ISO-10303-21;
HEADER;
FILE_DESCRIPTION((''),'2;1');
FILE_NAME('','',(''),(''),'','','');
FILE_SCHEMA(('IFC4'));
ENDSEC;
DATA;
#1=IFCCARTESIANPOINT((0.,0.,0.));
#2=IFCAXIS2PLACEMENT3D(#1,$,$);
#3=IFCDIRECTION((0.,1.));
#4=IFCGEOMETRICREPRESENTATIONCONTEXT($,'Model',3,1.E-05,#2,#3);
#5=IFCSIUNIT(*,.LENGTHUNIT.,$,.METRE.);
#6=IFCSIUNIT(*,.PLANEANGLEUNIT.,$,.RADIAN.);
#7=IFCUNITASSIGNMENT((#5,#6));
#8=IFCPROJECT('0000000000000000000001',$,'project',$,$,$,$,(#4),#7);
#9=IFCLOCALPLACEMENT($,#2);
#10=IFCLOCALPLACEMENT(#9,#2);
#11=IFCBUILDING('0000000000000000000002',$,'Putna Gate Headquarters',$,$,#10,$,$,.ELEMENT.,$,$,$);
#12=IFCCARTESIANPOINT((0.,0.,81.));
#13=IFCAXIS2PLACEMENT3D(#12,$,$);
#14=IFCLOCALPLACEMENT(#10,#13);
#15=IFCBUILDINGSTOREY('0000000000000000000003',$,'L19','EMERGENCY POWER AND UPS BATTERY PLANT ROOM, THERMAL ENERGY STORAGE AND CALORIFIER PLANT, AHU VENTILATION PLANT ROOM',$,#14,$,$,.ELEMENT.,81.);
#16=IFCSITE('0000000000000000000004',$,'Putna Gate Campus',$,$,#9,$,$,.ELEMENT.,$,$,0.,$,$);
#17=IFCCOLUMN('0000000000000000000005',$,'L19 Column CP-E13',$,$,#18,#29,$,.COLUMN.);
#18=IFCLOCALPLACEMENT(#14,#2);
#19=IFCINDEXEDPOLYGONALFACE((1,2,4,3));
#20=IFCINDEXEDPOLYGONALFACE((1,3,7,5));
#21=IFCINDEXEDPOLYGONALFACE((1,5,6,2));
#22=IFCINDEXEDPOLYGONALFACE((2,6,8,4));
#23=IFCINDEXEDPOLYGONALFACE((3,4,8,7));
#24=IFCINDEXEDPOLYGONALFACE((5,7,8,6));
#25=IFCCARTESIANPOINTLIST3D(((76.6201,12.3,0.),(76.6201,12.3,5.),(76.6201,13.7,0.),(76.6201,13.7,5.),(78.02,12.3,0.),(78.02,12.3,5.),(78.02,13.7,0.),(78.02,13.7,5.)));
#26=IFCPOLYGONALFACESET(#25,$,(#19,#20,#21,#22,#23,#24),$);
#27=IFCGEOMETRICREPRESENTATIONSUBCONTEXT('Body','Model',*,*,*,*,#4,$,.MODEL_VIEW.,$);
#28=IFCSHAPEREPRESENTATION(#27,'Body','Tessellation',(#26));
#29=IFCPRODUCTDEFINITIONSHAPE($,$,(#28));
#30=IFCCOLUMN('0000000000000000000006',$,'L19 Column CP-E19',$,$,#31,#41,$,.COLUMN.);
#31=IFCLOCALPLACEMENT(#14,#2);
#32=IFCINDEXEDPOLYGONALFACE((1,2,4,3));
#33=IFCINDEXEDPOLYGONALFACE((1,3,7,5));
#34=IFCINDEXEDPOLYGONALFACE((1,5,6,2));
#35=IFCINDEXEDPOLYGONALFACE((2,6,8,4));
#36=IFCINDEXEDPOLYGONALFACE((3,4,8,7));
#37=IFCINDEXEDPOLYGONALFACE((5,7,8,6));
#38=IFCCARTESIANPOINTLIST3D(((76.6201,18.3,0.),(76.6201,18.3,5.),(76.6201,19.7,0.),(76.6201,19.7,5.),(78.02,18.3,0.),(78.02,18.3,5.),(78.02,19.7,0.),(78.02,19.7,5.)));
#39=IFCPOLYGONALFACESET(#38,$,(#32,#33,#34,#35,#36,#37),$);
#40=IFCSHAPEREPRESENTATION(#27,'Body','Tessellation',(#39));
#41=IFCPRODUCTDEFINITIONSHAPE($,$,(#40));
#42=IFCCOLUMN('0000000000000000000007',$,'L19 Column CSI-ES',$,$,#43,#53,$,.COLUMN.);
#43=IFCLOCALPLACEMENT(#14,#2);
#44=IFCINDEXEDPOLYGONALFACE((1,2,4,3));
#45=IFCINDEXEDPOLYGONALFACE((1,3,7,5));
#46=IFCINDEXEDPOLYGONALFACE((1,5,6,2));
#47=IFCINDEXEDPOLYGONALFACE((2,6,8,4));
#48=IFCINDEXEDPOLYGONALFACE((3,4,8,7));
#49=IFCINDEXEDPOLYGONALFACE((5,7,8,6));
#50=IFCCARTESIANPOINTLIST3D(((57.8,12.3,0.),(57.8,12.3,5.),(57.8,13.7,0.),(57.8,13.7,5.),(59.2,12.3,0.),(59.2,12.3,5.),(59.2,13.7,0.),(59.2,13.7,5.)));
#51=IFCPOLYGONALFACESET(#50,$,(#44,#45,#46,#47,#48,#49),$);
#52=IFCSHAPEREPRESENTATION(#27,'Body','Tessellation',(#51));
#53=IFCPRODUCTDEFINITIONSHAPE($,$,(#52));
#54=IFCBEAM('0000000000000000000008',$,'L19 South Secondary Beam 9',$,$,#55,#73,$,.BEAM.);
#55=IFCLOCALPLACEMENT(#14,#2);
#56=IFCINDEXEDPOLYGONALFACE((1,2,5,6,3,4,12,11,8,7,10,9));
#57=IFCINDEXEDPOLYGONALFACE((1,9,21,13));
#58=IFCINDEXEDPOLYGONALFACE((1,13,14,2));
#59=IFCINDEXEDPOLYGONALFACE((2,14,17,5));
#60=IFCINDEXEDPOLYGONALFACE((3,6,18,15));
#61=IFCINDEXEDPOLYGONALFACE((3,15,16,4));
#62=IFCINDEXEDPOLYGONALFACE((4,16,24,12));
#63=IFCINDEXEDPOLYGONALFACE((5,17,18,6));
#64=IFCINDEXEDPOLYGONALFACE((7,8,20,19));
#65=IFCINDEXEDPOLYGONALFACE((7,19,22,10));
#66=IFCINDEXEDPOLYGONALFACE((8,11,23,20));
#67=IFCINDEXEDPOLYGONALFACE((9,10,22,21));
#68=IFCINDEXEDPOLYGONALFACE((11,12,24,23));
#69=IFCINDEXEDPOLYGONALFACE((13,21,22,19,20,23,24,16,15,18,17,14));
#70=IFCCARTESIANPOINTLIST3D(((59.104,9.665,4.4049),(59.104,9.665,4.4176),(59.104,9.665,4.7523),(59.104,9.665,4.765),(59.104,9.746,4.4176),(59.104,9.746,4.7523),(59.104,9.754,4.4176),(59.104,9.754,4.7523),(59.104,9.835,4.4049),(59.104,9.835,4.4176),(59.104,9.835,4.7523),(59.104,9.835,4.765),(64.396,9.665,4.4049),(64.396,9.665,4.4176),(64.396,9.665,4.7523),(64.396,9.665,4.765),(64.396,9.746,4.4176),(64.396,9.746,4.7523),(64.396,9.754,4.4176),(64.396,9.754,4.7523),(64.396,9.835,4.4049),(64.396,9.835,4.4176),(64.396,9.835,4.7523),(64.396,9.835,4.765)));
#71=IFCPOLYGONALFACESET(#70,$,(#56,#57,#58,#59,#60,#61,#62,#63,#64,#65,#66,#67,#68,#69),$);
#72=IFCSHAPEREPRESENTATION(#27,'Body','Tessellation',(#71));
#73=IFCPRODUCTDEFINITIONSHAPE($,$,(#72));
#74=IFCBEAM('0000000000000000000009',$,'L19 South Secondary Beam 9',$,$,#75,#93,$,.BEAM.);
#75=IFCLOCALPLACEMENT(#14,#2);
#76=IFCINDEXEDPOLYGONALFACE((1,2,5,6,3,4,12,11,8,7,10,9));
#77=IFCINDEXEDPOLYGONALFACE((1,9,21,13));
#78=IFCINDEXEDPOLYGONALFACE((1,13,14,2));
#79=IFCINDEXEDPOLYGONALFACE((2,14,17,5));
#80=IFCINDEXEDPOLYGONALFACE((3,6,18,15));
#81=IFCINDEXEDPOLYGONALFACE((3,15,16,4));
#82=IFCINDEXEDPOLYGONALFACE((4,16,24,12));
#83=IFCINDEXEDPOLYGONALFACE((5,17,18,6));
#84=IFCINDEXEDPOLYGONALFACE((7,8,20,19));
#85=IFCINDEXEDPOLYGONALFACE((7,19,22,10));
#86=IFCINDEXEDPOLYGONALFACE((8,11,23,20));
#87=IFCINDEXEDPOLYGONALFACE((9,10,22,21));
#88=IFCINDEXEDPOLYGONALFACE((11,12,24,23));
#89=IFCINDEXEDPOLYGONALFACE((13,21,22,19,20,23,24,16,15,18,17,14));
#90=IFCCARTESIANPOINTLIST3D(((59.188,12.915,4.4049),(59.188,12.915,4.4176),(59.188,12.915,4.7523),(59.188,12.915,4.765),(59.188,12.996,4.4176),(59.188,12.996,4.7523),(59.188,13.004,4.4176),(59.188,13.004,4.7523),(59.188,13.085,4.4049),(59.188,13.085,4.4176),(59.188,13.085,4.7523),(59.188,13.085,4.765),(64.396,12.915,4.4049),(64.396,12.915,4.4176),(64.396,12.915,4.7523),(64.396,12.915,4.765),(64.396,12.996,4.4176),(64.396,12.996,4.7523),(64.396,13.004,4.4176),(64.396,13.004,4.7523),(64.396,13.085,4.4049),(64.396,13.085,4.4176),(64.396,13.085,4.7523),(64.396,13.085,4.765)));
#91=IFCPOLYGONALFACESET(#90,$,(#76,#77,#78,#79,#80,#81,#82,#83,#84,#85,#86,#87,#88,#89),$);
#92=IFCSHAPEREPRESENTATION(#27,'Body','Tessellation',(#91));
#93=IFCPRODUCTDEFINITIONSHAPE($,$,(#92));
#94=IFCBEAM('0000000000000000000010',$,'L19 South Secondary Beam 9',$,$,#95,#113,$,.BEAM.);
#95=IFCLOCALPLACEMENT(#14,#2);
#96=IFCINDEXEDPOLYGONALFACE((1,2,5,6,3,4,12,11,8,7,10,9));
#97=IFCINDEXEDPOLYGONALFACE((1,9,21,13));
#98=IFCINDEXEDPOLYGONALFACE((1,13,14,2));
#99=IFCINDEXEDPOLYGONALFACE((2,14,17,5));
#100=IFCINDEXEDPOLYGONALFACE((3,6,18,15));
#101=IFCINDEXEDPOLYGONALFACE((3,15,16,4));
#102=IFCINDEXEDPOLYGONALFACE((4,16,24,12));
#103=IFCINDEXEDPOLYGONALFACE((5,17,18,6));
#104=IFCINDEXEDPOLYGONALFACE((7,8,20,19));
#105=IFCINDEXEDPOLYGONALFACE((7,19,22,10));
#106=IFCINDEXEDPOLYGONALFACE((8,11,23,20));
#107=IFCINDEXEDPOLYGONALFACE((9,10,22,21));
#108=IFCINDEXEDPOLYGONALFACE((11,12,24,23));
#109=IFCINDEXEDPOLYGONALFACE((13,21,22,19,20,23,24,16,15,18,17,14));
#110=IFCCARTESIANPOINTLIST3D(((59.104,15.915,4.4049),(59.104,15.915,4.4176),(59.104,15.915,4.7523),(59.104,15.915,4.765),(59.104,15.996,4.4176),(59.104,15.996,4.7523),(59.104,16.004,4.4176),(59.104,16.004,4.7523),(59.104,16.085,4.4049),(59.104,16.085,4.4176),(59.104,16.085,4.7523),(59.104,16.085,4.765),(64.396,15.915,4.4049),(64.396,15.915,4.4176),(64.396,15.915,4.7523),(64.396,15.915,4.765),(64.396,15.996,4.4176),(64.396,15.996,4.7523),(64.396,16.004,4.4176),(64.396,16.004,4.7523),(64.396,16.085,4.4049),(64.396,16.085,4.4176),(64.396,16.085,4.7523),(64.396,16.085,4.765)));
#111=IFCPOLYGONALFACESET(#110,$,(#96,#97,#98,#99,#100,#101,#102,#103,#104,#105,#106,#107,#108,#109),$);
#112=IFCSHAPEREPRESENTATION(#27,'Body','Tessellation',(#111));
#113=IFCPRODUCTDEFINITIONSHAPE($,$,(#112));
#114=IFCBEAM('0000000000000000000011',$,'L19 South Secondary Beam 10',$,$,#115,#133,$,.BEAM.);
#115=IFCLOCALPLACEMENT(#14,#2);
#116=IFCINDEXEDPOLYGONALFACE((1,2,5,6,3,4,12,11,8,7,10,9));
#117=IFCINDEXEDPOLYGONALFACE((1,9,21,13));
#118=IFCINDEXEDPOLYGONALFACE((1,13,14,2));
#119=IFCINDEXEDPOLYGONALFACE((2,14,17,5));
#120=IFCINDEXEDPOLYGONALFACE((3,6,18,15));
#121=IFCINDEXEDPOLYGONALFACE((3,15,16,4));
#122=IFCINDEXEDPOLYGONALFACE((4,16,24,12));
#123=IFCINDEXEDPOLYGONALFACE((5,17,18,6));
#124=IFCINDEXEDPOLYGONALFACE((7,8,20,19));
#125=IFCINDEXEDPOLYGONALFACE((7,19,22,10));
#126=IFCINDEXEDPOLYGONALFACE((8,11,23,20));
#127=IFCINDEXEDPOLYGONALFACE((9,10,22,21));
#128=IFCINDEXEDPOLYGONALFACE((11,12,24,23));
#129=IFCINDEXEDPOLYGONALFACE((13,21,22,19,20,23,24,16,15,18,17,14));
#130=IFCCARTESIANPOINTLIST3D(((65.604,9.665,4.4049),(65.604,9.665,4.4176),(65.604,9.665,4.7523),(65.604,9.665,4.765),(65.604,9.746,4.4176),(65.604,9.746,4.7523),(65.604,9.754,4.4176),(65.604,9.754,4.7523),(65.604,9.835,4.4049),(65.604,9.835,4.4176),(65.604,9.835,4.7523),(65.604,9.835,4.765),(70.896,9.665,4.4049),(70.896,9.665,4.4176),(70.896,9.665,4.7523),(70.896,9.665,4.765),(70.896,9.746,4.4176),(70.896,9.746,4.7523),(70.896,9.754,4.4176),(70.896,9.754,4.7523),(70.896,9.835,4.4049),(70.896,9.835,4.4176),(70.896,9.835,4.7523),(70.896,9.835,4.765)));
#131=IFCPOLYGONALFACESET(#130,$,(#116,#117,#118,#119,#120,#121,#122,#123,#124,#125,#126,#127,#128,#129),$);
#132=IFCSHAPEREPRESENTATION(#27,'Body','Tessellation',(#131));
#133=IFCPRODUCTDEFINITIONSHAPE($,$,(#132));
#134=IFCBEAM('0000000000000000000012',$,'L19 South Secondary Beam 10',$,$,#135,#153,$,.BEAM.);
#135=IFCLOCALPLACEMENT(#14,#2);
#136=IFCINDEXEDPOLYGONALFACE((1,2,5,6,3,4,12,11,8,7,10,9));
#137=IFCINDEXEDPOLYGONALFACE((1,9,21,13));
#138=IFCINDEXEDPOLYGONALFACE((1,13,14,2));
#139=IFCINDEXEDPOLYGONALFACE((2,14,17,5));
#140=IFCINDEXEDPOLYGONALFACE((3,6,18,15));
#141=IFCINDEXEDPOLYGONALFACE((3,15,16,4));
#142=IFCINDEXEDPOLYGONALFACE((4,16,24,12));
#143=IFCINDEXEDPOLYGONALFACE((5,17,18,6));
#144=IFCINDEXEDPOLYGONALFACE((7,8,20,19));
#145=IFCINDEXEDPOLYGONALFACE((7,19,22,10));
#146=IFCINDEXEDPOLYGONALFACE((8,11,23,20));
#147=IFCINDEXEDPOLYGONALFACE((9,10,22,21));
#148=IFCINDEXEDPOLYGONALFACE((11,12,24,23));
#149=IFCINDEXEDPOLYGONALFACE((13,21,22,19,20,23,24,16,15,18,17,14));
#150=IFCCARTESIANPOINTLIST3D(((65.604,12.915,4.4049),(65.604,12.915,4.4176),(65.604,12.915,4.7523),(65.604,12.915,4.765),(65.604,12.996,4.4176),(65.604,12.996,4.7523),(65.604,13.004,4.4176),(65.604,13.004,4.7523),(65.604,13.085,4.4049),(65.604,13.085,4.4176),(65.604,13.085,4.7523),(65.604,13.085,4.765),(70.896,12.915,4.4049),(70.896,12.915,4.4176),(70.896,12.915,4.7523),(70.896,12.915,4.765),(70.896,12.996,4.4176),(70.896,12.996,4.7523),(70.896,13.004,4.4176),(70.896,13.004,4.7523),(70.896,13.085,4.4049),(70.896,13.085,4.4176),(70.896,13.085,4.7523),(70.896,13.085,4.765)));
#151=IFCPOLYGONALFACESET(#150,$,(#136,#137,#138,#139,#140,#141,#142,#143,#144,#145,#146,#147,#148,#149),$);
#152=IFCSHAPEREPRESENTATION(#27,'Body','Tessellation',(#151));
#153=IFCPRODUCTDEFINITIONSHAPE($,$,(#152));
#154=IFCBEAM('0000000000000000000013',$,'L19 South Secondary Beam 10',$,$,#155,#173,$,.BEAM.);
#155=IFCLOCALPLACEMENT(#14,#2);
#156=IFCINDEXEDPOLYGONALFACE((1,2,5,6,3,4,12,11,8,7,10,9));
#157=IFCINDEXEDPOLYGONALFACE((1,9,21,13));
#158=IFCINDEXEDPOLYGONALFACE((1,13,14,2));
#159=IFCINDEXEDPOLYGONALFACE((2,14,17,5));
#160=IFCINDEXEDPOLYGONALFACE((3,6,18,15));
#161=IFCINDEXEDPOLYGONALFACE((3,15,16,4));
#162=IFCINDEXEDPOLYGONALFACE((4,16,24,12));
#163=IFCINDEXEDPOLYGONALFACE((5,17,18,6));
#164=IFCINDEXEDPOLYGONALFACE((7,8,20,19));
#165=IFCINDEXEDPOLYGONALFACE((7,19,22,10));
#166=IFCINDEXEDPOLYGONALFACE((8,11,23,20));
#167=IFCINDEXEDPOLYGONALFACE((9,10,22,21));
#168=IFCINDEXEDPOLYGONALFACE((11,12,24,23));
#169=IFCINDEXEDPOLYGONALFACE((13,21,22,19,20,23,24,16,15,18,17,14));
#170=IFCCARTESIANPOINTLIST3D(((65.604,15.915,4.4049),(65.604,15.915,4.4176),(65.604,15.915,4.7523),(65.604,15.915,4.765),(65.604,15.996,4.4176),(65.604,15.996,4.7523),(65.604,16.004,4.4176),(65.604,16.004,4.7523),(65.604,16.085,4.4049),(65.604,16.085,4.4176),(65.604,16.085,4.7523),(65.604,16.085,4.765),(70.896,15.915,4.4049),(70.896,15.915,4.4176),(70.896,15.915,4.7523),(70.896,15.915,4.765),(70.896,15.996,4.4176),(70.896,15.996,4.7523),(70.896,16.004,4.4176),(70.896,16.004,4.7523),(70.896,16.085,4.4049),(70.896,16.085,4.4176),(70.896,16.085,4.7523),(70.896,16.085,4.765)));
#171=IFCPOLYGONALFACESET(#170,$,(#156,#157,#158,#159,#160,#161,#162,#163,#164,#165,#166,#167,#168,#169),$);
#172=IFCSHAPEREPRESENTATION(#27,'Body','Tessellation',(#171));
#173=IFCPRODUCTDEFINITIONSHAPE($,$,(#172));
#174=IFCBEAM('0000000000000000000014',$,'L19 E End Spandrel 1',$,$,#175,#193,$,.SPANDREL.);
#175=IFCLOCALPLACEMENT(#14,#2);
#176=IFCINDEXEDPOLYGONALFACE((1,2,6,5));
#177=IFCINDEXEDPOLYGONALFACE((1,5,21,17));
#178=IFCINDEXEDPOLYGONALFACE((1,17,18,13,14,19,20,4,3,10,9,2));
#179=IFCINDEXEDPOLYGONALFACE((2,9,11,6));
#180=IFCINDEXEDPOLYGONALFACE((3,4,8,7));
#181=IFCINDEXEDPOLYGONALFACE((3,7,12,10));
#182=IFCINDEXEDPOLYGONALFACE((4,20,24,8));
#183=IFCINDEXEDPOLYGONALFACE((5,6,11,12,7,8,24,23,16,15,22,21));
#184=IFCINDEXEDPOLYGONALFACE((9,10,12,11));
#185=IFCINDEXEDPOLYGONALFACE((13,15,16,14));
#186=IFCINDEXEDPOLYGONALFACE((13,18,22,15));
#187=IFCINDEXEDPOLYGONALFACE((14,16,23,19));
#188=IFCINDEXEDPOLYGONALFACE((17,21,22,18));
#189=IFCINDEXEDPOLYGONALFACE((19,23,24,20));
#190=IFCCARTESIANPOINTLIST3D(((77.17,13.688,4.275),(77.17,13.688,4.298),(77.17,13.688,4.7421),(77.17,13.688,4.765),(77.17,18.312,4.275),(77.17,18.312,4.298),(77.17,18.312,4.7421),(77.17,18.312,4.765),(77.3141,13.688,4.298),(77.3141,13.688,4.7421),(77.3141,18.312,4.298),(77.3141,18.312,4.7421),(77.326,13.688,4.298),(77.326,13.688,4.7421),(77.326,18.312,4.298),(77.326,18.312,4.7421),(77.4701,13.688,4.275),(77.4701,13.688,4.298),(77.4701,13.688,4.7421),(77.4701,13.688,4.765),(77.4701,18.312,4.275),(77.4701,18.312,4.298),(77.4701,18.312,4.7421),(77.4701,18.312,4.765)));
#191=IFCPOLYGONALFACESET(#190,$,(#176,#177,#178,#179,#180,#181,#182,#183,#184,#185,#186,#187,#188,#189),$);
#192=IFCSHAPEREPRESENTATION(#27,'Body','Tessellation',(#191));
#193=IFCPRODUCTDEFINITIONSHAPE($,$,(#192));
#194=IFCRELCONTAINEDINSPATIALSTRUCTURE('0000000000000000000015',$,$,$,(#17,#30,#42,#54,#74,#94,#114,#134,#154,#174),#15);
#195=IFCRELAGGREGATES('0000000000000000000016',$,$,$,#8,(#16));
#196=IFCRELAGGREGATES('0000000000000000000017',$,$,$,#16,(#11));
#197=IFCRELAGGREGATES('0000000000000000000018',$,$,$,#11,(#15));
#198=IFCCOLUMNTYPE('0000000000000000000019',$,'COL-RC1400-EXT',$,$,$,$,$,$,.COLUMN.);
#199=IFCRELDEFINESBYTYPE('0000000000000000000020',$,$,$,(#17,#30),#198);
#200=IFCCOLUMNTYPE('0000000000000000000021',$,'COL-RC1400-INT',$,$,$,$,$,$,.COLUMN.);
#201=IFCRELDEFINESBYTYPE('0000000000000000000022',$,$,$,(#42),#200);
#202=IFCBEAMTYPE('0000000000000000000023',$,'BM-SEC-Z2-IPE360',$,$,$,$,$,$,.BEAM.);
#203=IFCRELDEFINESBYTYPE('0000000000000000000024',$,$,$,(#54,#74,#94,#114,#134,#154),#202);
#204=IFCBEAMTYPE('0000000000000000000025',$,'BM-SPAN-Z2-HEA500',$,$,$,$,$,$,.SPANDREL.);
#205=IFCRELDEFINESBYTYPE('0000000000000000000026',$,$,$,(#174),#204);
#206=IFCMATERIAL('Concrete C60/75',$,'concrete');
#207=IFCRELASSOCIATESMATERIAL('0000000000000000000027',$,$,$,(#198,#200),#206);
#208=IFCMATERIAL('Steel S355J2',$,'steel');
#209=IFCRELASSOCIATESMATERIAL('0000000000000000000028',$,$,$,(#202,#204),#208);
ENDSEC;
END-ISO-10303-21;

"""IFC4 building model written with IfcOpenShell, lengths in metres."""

from ifc_helpers import new_model, si_unit, direction, frame, origin, origin_2d, place, context, subcontext, project, spatial, rectangle, i_section, extrude, material, material_profile, profile_set, type_object, element, save


model = new_model("IFC4")

# Units and contexts
model_context = context("Model", 3, precision=1e-05, world=origin(), true_north=direction((0.0, 1.0)))
body_context = subcontext(model_context, "Body", "Model", "MODEL_VIEW")
ifc_project = project(units=[si_unit("LENGTHUNIT", "METRE"), si_unit("PLANEANGLEUNIT", "RADIAN")], contexts=[model_context])

# Site, building, storey
site_placement = place(None, origin())
site = spatial("IfcSite", under=ifc_project, at=site_placement, Name="Putna Gate Campus", CompositionType="ELEMENT", RefElevation=0.0)
building_placement = place(site_placement, origin())
building = spatial("IfcBuilding", under=site, at=building_placement, Name="Putna Gate Headquarters", CompositionType="ELEMENT")
storey_placement = place(building_placement, frame((0.0, 0.0, 81.0)))
storey = spatial("IfcBuildingStorey", under=building, at=storey_placement, Name="L19", Description="EMERGENCY POWER AND UPS BATTERY PLANT ROOM, THERMAL ENERGY STORAGE AND CALORIFIER PLANT, AHU VENTILATION PLANT ROOM", CompositionType="ELEMENT", Elevation=81.0)

# Columns
ifc_material_1 = material(Name="Concrete C60/75", Category="concrete")
ifc_material_profile_1 = material_profile(ifc_material_1, rectangle(XDim=1.3999, YDim=1.3999, at=origin_2d()), Name="Concrete C60/75")
ifc_profile_set_1 = profile_set([ifc_material_profile_1], Name="Concrete C60/75")
column_type_1 = type_object("IfcColumnType", Name="COL-RC1400-EXT", PredefinedType="COLUMN", material=ifc_profile_set_1)
for number, where, z_axis, x_axis, name in (
    (1, (77.3201, 13.0, 0.0), (0.0, 0.0, 1.0), (1.0, 0.0, 0.0), "L19 Column CP-E13"),
    (2, (77.3201, 19.0, 0.0), (0.0, 0.0, 1.0), (1.0, 0.0, 0.0), "L19 Column CP-E19"),
):
    element("IfcColumn", number, at=place(storey_placement, frame(where, z_axis=z_axis, x_axis=x_axis)), inside=storey, type_object=column_type_1, Name=name, PredefinedType="COLUMN", context=body_context, shape_type="SweptSolid", body=[
        extrude(rectangle(XDim=1.3999, YDim=1.3999, at=origin_2d()), origin(), (0.0, 0.0, 1.0), 5.0),
    ])
ifc_material_profile_2 = material_profile(ifc_material_1, rectangle(XDim=1.3999, YDim=1.3999, at=origin_2d()), Name="Concrete C60/75")
ifc_profile_set_2 = profile_set([ifc_material_profile_2], Name="Concrete C60/75")
column_type_2 = type_object("IfcColumnType", Name="COL-RC1400-INT", PredefinedType="COLUMN", material=ifc_profile_set_2)
column_placement = place(storey_placement, frame((58.5, 13.0, 0.0), z_axis=(0.0, 0.0, 1.0), x_axis=(1.0, 0.0, 0.0)))
element("IfcColumn", 3, at=column_placement, inside=storey, type_object=column_type_2, Name="L19 Column CSI-ES", PredefinedType="COLUMN", context=body_context, shape_type="SweptSolid", body=[
    extrude(rectangle(XDim=1.3999, YDim=1.3999, at=origin_2d()), origin(), (0.0, 0.0, 1.0), 5.0),
])

# Beams
ifc_material_2 = material(Name="Steel S355J2", Category="steel")
ifc_material_profile_3 = material_profile(ifc_material_2, i_section(OverallWidth=0.1699, OverallDepth=0.3601, WebThickness=0.0081, FlangeThickness=0.0127, at=origin_2d()), Name="Steel S355J2")
ifc_profile_set_3 = profile_set([ifc_material_profile_3], Name="Steel S355J2")
beam_type_1 = type_object("IfcBeamType", Name="BM-SEC-Z2-IPE360", PredefinedType="BEAM", material=ifc_profile_set_3)
beam_1_placement = place(storey_placement, frame((59.104, 9.75, 4.585), z_axis=(1.0, 0.0, 0.0), x_axis=(0.0, 1.0, 0.0)))
element("IfcBeam", 4, at=beam_1_placement, inside=storey, type_object=beam_type_1, Name="L19 South Secondary Beam 9", PredefinedType="BEAM", context=body_context, shape_type="SweptSolid", body=[
    extrude(i_section(OverallWidth=0.1699, OverallDepth=0.3601, WebThickness=0.0081, FlangeThickness=0.0127, at=origin_2d()), origin(), (0.0, 0.0, 1.0), 5.292),
])
beam_2_placement = place(storey_placement, frame((59.188, 13.0, 4.585), z_axis=(1.0, 0.0, 0.0), x_axis=(0.0, 1.0, 0.0)))
element("IfcBeam", 5, at=beam_2_placement, inside=storey, type_object=beam_type_1, Name="L19 South Secondary Beam 9", PredefinedType="BEAM", context=body_context, shape_type="SweptSolid", body=[
    extrude(i_section(OverallWidth=0.1699, OverallDepth=0.3601, WebThickness=0.0081, FlangeThickness=0.0127, at=origin_2d()), origin(), (0.0, 0.0, 1.0), 5.208),
])
for number, where, z_axis, x_axis, name in (
    (6, (59.104, 16.0, 4.585), (1.0, 0.0, 0.0), (0.0, 1.0, 0.0), "L19 South Secondary Beam 9"),
    (7, (65.604, 9.75, 4.585), (1.0, 0.0, 0.0), (0.0, 1.0, 0.0), "L19 South Secondary Beam 10"),
    (8, (65.604, 13.0, 4.585), (1.0, 0.0, 0.0), (0.0, 1.0, 0.0), "L19 South Secondary Beam 10"),
    (9, (65.604, 16.0, 4.585), (1.0, 0.0, 0.0), (0.0, 1.0, 0.0), "L19 South Secondary Beam 10"),
):
    element("IfcBeam", number, at=place(storey_placement, frame(where, z_axis=z_axis, x_axis=x_axis)), inside=storey, type_object=beam_type_1, Name=name, PredefinedType="BEAM", context=body_context, shape_type="SweptSolid", body=[
        extrude(i_section(OverallWidth=0.1699, OverallDepth=0.3601, WebThickness=0.0081, FlangeThickness=0.0127, at=origin_2d()), origin(), (0.0, 0.0, 1.0), 5.292),
    ])
ifc_material_profile_4 = material_profile(ifc_material_2, i_section(OverallWidth=0.3, OverallDepth=0.49, WebThickness=0.012, FlangeThickness=0.0229, at=origin_2d()), Name="Steel S355J2")
ifc_profile_set_4 = profile_set([ifc_material_profile_4], Name="Steel S355J2")
beam_type_2 = type_object("IfcBeamType", Name="BM-SPAN-Z2-HEA500", PredefinedType="SPANDREL", material=ifc_profile_set_4)
beam_3_placement = place(storey_placement, frame((77.3201, 13.688, 4.52), z_axis=(0.0, 1.0, 0.0), x_axis=(-1.0, 0.0, 0.0)))
element("IfcBeam", 10, at=beam_3_placement, inside=storey, type_object=beam_type_2, Name="L19 E End Spandrel 1", PredefinedType="SPANDREL", context=body_context, shape_type="SweptSolid", body=[
    extrude(i_section(OverallWidth=0.3, OverallDepth=0.49, WebThickness=0.012, FlangeThickness=0.0229, at=origin_2d()), origin(), (0.0, 0.0, 1.0), 4.624),
])

save(model, "model.ifc")
